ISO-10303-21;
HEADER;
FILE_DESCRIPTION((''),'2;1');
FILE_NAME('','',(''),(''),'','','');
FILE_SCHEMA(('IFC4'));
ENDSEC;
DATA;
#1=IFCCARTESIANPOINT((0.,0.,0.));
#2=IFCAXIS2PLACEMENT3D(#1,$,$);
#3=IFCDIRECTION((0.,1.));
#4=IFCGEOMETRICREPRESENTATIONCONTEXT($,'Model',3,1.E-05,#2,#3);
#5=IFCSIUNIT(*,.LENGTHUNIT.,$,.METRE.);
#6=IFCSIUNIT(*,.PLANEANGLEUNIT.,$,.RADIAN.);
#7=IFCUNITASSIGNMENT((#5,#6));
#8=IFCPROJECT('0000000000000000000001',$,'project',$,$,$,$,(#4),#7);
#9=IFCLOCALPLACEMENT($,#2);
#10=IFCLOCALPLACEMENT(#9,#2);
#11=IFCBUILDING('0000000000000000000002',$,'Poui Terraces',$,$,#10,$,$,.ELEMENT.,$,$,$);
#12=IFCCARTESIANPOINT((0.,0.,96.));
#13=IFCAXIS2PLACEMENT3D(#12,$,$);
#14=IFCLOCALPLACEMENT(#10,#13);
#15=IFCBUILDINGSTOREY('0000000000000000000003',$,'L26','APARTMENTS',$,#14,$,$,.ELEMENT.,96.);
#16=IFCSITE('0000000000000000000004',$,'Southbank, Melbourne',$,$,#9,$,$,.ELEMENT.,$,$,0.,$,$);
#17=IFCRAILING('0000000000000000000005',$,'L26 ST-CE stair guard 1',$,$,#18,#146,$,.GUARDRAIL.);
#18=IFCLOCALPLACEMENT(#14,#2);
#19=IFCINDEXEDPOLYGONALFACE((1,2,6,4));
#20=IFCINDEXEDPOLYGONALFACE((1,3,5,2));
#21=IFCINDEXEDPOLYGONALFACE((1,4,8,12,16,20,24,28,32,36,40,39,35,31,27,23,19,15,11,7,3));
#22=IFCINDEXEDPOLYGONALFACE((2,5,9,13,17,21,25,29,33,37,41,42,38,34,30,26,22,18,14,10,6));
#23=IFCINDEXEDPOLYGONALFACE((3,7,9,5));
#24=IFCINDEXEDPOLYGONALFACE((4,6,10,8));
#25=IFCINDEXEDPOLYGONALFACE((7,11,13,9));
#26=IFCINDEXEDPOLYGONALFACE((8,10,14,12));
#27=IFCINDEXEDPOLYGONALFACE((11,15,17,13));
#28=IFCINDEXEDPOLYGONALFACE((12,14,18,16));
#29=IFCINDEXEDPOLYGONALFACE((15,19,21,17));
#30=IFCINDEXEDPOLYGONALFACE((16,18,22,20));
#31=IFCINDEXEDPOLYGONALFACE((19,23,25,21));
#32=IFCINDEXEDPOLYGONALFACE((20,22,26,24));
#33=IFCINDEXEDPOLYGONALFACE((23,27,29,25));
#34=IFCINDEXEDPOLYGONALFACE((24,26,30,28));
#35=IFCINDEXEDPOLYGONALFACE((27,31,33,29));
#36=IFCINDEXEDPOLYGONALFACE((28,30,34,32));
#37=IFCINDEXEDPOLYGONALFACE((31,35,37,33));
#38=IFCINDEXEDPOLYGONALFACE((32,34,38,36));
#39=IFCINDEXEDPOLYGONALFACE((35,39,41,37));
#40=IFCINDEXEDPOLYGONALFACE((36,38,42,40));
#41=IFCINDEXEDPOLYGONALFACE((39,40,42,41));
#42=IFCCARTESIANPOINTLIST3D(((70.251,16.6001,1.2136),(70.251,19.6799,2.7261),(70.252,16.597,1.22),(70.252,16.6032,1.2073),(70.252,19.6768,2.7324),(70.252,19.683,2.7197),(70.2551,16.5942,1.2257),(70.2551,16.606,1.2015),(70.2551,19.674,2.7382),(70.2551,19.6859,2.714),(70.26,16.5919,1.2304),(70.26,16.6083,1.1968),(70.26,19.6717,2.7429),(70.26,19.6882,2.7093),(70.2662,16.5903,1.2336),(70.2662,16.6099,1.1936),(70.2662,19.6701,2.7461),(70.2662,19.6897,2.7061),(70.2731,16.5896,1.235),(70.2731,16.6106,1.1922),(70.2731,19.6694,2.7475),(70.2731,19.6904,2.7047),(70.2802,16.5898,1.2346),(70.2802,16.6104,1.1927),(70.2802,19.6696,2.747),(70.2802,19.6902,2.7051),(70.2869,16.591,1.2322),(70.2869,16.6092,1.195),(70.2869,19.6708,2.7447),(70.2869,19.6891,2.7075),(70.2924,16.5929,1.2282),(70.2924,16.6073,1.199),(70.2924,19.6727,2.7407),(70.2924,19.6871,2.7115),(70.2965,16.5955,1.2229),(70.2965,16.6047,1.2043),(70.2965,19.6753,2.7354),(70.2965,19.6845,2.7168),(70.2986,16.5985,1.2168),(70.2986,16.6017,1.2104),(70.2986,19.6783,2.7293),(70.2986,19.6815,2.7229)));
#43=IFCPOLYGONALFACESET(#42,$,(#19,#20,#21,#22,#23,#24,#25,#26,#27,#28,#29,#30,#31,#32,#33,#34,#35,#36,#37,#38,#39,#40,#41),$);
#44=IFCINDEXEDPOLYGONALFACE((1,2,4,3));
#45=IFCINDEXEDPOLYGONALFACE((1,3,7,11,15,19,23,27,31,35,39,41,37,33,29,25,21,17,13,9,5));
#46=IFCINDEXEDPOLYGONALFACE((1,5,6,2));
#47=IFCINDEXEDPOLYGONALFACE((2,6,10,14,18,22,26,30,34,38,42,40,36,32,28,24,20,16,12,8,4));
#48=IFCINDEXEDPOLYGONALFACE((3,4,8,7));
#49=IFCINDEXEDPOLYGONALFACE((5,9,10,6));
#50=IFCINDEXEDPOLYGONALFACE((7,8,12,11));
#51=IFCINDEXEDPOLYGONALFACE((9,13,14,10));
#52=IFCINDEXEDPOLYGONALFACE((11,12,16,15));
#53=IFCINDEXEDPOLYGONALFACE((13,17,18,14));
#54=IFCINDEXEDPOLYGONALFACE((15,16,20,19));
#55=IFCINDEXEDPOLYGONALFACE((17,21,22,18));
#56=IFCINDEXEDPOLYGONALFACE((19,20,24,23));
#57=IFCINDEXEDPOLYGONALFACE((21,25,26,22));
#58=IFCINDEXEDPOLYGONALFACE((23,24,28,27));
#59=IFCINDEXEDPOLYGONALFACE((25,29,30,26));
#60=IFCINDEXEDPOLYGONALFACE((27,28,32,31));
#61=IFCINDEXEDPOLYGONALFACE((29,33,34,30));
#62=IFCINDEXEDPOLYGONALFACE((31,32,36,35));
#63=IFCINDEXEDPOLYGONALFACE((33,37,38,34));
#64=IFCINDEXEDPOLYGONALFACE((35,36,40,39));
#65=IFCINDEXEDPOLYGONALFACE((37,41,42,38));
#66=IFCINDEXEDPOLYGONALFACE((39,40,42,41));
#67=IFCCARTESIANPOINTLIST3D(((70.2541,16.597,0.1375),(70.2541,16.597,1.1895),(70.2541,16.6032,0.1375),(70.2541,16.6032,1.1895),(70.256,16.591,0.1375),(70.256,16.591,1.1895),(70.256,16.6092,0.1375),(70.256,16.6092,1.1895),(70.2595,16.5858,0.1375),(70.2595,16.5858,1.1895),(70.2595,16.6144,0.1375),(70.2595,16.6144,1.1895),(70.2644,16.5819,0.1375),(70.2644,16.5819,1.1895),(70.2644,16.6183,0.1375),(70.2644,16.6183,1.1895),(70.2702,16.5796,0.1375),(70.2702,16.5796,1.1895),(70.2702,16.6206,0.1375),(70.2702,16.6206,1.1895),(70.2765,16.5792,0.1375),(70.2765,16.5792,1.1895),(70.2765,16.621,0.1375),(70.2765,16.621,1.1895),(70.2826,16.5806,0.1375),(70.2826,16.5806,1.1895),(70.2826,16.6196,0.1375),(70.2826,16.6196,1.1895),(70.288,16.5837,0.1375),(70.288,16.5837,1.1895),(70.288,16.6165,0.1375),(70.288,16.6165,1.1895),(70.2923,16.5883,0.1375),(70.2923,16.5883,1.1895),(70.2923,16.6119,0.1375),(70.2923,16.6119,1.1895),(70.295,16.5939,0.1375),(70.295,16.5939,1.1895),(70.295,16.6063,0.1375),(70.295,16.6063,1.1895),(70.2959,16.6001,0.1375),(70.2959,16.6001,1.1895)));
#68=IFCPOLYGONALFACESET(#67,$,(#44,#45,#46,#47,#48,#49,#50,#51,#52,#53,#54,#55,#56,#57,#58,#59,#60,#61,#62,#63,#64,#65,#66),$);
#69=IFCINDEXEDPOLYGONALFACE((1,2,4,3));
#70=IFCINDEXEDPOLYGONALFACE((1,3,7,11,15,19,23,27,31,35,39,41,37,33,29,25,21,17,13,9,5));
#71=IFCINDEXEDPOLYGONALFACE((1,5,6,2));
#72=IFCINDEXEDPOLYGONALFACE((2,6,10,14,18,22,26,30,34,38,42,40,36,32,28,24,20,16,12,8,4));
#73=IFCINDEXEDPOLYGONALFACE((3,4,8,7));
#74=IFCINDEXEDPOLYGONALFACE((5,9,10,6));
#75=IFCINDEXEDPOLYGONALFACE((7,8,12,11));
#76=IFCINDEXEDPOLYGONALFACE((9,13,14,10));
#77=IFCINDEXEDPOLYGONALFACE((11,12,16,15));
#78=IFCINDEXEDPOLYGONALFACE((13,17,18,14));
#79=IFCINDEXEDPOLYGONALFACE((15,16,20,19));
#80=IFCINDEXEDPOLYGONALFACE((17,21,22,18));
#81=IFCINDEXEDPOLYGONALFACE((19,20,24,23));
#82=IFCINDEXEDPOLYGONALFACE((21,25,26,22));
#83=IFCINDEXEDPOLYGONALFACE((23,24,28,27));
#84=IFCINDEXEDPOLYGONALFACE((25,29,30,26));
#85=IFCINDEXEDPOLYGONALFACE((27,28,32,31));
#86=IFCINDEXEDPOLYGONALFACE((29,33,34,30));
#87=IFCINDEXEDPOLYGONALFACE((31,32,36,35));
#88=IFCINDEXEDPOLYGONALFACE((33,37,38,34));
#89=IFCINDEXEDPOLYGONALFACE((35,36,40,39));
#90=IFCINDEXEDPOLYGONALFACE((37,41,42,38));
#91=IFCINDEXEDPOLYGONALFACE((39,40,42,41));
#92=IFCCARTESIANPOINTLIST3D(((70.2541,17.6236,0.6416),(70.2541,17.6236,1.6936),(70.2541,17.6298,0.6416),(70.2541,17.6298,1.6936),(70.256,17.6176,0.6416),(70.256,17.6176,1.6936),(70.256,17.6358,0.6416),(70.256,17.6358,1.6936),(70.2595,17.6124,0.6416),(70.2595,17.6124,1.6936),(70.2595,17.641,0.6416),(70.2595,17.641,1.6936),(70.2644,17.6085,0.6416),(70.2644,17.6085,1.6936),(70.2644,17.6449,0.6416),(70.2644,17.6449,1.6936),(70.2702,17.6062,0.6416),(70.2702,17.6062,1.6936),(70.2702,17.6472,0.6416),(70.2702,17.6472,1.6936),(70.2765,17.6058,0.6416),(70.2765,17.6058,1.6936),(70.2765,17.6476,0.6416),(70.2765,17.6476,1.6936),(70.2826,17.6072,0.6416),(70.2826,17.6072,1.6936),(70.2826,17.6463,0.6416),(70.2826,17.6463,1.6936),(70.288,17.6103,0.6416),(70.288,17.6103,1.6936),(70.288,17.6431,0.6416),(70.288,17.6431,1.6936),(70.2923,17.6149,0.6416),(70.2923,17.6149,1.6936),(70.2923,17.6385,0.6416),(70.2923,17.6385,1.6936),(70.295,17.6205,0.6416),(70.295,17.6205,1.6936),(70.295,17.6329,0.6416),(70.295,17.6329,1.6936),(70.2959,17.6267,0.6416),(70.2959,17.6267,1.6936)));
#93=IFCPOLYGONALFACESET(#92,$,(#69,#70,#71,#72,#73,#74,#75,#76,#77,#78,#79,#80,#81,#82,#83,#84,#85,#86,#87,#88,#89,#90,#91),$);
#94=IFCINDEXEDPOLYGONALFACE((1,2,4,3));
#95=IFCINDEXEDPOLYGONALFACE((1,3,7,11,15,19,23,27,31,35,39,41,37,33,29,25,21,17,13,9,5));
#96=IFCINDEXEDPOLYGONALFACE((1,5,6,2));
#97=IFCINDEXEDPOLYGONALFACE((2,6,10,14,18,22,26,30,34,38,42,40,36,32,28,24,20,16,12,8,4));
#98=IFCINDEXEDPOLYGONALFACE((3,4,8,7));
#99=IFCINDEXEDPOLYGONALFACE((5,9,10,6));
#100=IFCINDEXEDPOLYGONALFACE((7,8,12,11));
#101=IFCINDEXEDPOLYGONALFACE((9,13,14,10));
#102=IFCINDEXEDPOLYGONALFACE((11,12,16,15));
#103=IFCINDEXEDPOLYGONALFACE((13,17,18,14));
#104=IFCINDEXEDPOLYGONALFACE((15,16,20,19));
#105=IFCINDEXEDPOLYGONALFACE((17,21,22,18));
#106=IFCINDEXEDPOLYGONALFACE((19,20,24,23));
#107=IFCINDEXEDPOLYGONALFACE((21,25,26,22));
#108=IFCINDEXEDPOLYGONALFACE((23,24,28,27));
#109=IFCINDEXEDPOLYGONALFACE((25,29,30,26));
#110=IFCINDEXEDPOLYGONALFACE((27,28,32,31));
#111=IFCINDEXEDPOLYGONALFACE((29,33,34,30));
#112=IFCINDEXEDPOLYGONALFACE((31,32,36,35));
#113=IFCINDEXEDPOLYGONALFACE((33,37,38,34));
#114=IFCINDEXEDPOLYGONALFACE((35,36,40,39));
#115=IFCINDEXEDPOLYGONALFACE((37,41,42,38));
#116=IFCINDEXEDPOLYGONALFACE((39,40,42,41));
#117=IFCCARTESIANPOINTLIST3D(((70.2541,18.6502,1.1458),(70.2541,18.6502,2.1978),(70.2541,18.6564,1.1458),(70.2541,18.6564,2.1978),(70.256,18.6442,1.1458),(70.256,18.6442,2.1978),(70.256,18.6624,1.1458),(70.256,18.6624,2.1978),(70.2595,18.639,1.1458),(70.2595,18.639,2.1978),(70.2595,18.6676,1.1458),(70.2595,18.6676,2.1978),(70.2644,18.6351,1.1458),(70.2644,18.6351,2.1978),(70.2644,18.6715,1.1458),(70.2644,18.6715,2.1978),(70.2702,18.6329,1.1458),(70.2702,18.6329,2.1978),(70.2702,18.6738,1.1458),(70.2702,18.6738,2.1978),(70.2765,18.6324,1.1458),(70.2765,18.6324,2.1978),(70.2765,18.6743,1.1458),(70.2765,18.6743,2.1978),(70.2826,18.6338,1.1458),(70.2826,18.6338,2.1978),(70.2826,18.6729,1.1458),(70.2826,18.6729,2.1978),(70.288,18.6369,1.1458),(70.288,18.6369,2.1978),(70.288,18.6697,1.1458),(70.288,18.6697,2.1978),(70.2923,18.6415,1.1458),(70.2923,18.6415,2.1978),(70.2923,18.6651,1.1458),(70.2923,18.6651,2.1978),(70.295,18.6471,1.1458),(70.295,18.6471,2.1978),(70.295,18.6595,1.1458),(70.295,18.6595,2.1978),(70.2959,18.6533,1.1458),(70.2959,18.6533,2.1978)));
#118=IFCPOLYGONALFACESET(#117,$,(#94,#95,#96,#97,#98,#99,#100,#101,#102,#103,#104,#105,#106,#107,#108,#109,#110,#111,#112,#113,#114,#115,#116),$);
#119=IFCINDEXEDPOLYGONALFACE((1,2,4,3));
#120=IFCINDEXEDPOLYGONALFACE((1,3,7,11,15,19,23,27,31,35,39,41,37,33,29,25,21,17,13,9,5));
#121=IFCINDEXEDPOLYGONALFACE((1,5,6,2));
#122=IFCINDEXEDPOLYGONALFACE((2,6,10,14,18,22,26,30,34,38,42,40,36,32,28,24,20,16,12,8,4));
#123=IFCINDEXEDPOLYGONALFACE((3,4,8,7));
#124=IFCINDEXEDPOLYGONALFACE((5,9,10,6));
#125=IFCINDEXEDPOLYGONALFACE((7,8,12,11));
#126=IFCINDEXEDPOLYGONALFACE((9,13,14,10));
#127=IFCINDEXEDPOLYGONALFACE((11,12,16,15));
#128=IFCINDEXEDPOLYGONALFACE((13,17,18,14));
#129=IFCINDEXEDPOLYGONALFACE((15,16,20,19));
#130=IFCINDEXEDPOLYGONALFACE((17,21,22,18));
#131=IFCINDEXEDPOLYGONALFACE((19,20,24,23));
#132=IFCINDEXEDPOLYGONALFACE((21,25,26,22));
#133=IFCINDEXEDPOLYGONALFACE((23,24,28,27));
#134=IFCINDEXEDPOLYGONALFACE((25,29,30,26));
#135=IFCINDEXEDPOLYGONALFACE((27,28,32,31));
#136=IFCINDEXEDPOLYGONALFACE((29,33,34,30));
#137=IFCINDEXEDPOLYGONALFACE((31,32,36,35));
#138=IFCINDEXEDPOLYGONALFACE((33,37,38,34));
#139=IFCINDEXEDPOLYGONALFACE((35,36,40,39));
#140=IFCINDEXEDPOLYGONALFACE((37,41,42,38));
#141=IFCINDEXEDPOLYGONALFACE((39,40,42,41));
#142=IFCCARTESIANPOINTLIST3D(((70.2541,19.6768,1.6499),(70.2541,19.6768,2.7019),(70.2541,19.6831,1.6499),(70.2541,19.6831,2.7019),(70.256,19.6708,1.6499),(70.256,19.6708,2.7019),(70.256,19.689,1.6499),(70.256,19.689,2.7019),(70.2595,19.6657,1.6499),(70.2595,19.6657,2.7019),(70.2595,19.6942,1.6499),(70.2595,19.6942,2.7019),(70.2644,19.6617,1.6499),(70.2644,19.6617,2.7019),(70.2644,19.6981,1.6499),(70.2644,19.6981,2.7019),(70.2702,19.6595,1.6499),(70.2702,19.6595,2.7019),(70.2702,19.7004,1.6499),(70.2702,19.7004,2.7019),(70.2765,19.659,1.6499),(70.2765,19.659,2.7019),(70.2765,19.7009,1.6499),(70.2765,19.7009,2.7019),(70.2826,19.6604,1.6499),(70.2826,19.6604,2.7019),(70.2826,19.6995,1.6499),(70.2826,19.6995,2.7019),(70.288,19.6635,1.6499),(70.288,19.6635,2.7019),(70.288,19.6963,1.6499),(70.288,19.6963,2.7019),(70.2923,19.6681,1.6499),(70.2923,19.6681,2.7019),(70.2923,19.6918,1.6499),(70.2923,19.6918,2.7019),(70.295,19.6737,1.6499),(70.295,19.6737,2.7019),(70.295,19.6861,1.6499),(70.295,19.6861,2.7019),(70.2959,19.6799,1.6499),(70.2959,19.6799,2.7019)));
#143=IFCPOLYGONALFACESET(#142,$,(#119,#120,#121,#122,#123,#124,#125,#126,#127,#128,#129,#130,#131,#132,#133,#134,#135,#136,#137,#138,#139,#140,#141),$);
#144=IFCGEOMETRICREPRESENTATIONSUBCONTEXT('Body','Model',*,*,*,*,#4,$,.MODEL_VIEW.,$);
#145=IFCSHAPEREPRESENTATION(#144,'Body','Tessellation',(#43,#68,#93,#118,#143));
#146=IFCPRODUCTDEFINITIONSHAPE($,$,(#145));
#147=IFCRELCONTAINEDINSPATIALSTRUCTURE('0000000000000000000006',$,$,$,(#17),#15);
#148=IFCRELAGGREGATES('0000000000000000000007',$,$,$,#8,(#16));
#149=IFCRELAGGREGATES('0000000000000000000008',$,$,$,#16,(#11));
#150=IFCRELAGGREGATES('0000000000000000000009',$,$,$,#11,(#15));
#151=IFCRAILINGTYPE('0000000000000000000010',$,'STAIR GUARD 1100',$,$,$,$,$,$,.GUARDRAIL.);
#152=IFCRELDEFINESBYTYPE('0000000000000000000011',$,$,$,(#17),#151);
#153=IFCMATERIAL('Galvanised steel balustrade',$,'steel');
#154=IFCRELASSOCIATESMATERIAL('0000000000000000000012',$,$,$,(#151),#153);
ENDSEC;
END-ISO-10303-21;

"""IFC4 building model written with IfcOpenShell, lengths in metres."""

from ifc_helpers import new_model, si_unit, direction, frame, origin, origin_2d, place, context, subcontext, project, spatial, circle, extrude, material, type_object, element, save


model = new_model("IFC4")

# Units and contexts
model_context = context("Model", 3, precision=1e-05, world=origin(), true_north=direction((0.0, 1.0)))
body_context = subcontext(model_context, "Body", "Model", "MODEL_VIEW")
ifc_project = project(units=[si_unit("LENGTHUNIT", "METRE"), si_unit("PLANEANGLEUNIT", "RADIAN")], contexts=[model_context])

# Site, building, storey
site_placement = place(None, origin())
site = spatial("IfcSite", under=ifc_project, at=site_placement, Name="Southbank, Melbourne", CompositionType="ELEMENT", RefElevation=0.0)
building_placement = place(site_placement, origin())
building = spatial("IfcBuilding", under=site, at=building_placement, Name="Poui Terraces", CompositionType="ELEMENT")
storey_placement = place(building_placement, frame((0.0, 0.0, 96.0)))
storey = spatial("IfcBuildingStorey", under=building, at=storey_placement, Name="L26", Description="APARTMENTS", CompositionType="ELEMENT", Elevation=96.0)

# Railing
ifc_material_1 = material(Name="Galvanised steel balustrade", Category="steel")
railing_type_1 = type_object("IfcRailingType", Name="STAIR GUARD 1100", PredefinedType="GUARDRAIL", material=ifc_material_1)
for number, where, name in (
    (1, (70.2749, 16.6001, 0.1375), "L26 ST-CE stair guard 1"),
):
    element("IfcRailing", number, at=place(storey_placement, frame(where)), inside=storey, type_object=railing_type_1, Name=name, PredefinedType="GUARDRAIL", context=body_context, shape_type="SweptSolid", body=[
        extrude(circle(Radius=0.0239, at=origin_2d()), frame((0.0, 0.0, 1.0762), z_axis=(0.0, 0.897606, 0.440798), x_axis=(-1.0, 0.0, 0.0)), (0.0, 0.0, 1.0), 3.4312),
        extrude(circle(Radius=0.021, at=origin_2d()), origin(), (0.0, 0.0, 1.0), 1.052),
        extrude(circle(Radius=0.021, at=origin_2d()), frame((0.0, 1.0266, 0.5042)), (0.0, 0.0, 1.0), 1.052),
        extrude(circle(Radius=0.021, at=origin_2d()), frame((0.0, 2.0532, 1.0083)), (0.0, 0.0, 1.0), 1.052),
        extrude(circle(Radius=0.021, at=origin_2d()), frame((0.0, 3.0798, 1.5125)), (0.0, 0.0, 1.0), 1.052),
    ])

save(model, "model.ifc")
